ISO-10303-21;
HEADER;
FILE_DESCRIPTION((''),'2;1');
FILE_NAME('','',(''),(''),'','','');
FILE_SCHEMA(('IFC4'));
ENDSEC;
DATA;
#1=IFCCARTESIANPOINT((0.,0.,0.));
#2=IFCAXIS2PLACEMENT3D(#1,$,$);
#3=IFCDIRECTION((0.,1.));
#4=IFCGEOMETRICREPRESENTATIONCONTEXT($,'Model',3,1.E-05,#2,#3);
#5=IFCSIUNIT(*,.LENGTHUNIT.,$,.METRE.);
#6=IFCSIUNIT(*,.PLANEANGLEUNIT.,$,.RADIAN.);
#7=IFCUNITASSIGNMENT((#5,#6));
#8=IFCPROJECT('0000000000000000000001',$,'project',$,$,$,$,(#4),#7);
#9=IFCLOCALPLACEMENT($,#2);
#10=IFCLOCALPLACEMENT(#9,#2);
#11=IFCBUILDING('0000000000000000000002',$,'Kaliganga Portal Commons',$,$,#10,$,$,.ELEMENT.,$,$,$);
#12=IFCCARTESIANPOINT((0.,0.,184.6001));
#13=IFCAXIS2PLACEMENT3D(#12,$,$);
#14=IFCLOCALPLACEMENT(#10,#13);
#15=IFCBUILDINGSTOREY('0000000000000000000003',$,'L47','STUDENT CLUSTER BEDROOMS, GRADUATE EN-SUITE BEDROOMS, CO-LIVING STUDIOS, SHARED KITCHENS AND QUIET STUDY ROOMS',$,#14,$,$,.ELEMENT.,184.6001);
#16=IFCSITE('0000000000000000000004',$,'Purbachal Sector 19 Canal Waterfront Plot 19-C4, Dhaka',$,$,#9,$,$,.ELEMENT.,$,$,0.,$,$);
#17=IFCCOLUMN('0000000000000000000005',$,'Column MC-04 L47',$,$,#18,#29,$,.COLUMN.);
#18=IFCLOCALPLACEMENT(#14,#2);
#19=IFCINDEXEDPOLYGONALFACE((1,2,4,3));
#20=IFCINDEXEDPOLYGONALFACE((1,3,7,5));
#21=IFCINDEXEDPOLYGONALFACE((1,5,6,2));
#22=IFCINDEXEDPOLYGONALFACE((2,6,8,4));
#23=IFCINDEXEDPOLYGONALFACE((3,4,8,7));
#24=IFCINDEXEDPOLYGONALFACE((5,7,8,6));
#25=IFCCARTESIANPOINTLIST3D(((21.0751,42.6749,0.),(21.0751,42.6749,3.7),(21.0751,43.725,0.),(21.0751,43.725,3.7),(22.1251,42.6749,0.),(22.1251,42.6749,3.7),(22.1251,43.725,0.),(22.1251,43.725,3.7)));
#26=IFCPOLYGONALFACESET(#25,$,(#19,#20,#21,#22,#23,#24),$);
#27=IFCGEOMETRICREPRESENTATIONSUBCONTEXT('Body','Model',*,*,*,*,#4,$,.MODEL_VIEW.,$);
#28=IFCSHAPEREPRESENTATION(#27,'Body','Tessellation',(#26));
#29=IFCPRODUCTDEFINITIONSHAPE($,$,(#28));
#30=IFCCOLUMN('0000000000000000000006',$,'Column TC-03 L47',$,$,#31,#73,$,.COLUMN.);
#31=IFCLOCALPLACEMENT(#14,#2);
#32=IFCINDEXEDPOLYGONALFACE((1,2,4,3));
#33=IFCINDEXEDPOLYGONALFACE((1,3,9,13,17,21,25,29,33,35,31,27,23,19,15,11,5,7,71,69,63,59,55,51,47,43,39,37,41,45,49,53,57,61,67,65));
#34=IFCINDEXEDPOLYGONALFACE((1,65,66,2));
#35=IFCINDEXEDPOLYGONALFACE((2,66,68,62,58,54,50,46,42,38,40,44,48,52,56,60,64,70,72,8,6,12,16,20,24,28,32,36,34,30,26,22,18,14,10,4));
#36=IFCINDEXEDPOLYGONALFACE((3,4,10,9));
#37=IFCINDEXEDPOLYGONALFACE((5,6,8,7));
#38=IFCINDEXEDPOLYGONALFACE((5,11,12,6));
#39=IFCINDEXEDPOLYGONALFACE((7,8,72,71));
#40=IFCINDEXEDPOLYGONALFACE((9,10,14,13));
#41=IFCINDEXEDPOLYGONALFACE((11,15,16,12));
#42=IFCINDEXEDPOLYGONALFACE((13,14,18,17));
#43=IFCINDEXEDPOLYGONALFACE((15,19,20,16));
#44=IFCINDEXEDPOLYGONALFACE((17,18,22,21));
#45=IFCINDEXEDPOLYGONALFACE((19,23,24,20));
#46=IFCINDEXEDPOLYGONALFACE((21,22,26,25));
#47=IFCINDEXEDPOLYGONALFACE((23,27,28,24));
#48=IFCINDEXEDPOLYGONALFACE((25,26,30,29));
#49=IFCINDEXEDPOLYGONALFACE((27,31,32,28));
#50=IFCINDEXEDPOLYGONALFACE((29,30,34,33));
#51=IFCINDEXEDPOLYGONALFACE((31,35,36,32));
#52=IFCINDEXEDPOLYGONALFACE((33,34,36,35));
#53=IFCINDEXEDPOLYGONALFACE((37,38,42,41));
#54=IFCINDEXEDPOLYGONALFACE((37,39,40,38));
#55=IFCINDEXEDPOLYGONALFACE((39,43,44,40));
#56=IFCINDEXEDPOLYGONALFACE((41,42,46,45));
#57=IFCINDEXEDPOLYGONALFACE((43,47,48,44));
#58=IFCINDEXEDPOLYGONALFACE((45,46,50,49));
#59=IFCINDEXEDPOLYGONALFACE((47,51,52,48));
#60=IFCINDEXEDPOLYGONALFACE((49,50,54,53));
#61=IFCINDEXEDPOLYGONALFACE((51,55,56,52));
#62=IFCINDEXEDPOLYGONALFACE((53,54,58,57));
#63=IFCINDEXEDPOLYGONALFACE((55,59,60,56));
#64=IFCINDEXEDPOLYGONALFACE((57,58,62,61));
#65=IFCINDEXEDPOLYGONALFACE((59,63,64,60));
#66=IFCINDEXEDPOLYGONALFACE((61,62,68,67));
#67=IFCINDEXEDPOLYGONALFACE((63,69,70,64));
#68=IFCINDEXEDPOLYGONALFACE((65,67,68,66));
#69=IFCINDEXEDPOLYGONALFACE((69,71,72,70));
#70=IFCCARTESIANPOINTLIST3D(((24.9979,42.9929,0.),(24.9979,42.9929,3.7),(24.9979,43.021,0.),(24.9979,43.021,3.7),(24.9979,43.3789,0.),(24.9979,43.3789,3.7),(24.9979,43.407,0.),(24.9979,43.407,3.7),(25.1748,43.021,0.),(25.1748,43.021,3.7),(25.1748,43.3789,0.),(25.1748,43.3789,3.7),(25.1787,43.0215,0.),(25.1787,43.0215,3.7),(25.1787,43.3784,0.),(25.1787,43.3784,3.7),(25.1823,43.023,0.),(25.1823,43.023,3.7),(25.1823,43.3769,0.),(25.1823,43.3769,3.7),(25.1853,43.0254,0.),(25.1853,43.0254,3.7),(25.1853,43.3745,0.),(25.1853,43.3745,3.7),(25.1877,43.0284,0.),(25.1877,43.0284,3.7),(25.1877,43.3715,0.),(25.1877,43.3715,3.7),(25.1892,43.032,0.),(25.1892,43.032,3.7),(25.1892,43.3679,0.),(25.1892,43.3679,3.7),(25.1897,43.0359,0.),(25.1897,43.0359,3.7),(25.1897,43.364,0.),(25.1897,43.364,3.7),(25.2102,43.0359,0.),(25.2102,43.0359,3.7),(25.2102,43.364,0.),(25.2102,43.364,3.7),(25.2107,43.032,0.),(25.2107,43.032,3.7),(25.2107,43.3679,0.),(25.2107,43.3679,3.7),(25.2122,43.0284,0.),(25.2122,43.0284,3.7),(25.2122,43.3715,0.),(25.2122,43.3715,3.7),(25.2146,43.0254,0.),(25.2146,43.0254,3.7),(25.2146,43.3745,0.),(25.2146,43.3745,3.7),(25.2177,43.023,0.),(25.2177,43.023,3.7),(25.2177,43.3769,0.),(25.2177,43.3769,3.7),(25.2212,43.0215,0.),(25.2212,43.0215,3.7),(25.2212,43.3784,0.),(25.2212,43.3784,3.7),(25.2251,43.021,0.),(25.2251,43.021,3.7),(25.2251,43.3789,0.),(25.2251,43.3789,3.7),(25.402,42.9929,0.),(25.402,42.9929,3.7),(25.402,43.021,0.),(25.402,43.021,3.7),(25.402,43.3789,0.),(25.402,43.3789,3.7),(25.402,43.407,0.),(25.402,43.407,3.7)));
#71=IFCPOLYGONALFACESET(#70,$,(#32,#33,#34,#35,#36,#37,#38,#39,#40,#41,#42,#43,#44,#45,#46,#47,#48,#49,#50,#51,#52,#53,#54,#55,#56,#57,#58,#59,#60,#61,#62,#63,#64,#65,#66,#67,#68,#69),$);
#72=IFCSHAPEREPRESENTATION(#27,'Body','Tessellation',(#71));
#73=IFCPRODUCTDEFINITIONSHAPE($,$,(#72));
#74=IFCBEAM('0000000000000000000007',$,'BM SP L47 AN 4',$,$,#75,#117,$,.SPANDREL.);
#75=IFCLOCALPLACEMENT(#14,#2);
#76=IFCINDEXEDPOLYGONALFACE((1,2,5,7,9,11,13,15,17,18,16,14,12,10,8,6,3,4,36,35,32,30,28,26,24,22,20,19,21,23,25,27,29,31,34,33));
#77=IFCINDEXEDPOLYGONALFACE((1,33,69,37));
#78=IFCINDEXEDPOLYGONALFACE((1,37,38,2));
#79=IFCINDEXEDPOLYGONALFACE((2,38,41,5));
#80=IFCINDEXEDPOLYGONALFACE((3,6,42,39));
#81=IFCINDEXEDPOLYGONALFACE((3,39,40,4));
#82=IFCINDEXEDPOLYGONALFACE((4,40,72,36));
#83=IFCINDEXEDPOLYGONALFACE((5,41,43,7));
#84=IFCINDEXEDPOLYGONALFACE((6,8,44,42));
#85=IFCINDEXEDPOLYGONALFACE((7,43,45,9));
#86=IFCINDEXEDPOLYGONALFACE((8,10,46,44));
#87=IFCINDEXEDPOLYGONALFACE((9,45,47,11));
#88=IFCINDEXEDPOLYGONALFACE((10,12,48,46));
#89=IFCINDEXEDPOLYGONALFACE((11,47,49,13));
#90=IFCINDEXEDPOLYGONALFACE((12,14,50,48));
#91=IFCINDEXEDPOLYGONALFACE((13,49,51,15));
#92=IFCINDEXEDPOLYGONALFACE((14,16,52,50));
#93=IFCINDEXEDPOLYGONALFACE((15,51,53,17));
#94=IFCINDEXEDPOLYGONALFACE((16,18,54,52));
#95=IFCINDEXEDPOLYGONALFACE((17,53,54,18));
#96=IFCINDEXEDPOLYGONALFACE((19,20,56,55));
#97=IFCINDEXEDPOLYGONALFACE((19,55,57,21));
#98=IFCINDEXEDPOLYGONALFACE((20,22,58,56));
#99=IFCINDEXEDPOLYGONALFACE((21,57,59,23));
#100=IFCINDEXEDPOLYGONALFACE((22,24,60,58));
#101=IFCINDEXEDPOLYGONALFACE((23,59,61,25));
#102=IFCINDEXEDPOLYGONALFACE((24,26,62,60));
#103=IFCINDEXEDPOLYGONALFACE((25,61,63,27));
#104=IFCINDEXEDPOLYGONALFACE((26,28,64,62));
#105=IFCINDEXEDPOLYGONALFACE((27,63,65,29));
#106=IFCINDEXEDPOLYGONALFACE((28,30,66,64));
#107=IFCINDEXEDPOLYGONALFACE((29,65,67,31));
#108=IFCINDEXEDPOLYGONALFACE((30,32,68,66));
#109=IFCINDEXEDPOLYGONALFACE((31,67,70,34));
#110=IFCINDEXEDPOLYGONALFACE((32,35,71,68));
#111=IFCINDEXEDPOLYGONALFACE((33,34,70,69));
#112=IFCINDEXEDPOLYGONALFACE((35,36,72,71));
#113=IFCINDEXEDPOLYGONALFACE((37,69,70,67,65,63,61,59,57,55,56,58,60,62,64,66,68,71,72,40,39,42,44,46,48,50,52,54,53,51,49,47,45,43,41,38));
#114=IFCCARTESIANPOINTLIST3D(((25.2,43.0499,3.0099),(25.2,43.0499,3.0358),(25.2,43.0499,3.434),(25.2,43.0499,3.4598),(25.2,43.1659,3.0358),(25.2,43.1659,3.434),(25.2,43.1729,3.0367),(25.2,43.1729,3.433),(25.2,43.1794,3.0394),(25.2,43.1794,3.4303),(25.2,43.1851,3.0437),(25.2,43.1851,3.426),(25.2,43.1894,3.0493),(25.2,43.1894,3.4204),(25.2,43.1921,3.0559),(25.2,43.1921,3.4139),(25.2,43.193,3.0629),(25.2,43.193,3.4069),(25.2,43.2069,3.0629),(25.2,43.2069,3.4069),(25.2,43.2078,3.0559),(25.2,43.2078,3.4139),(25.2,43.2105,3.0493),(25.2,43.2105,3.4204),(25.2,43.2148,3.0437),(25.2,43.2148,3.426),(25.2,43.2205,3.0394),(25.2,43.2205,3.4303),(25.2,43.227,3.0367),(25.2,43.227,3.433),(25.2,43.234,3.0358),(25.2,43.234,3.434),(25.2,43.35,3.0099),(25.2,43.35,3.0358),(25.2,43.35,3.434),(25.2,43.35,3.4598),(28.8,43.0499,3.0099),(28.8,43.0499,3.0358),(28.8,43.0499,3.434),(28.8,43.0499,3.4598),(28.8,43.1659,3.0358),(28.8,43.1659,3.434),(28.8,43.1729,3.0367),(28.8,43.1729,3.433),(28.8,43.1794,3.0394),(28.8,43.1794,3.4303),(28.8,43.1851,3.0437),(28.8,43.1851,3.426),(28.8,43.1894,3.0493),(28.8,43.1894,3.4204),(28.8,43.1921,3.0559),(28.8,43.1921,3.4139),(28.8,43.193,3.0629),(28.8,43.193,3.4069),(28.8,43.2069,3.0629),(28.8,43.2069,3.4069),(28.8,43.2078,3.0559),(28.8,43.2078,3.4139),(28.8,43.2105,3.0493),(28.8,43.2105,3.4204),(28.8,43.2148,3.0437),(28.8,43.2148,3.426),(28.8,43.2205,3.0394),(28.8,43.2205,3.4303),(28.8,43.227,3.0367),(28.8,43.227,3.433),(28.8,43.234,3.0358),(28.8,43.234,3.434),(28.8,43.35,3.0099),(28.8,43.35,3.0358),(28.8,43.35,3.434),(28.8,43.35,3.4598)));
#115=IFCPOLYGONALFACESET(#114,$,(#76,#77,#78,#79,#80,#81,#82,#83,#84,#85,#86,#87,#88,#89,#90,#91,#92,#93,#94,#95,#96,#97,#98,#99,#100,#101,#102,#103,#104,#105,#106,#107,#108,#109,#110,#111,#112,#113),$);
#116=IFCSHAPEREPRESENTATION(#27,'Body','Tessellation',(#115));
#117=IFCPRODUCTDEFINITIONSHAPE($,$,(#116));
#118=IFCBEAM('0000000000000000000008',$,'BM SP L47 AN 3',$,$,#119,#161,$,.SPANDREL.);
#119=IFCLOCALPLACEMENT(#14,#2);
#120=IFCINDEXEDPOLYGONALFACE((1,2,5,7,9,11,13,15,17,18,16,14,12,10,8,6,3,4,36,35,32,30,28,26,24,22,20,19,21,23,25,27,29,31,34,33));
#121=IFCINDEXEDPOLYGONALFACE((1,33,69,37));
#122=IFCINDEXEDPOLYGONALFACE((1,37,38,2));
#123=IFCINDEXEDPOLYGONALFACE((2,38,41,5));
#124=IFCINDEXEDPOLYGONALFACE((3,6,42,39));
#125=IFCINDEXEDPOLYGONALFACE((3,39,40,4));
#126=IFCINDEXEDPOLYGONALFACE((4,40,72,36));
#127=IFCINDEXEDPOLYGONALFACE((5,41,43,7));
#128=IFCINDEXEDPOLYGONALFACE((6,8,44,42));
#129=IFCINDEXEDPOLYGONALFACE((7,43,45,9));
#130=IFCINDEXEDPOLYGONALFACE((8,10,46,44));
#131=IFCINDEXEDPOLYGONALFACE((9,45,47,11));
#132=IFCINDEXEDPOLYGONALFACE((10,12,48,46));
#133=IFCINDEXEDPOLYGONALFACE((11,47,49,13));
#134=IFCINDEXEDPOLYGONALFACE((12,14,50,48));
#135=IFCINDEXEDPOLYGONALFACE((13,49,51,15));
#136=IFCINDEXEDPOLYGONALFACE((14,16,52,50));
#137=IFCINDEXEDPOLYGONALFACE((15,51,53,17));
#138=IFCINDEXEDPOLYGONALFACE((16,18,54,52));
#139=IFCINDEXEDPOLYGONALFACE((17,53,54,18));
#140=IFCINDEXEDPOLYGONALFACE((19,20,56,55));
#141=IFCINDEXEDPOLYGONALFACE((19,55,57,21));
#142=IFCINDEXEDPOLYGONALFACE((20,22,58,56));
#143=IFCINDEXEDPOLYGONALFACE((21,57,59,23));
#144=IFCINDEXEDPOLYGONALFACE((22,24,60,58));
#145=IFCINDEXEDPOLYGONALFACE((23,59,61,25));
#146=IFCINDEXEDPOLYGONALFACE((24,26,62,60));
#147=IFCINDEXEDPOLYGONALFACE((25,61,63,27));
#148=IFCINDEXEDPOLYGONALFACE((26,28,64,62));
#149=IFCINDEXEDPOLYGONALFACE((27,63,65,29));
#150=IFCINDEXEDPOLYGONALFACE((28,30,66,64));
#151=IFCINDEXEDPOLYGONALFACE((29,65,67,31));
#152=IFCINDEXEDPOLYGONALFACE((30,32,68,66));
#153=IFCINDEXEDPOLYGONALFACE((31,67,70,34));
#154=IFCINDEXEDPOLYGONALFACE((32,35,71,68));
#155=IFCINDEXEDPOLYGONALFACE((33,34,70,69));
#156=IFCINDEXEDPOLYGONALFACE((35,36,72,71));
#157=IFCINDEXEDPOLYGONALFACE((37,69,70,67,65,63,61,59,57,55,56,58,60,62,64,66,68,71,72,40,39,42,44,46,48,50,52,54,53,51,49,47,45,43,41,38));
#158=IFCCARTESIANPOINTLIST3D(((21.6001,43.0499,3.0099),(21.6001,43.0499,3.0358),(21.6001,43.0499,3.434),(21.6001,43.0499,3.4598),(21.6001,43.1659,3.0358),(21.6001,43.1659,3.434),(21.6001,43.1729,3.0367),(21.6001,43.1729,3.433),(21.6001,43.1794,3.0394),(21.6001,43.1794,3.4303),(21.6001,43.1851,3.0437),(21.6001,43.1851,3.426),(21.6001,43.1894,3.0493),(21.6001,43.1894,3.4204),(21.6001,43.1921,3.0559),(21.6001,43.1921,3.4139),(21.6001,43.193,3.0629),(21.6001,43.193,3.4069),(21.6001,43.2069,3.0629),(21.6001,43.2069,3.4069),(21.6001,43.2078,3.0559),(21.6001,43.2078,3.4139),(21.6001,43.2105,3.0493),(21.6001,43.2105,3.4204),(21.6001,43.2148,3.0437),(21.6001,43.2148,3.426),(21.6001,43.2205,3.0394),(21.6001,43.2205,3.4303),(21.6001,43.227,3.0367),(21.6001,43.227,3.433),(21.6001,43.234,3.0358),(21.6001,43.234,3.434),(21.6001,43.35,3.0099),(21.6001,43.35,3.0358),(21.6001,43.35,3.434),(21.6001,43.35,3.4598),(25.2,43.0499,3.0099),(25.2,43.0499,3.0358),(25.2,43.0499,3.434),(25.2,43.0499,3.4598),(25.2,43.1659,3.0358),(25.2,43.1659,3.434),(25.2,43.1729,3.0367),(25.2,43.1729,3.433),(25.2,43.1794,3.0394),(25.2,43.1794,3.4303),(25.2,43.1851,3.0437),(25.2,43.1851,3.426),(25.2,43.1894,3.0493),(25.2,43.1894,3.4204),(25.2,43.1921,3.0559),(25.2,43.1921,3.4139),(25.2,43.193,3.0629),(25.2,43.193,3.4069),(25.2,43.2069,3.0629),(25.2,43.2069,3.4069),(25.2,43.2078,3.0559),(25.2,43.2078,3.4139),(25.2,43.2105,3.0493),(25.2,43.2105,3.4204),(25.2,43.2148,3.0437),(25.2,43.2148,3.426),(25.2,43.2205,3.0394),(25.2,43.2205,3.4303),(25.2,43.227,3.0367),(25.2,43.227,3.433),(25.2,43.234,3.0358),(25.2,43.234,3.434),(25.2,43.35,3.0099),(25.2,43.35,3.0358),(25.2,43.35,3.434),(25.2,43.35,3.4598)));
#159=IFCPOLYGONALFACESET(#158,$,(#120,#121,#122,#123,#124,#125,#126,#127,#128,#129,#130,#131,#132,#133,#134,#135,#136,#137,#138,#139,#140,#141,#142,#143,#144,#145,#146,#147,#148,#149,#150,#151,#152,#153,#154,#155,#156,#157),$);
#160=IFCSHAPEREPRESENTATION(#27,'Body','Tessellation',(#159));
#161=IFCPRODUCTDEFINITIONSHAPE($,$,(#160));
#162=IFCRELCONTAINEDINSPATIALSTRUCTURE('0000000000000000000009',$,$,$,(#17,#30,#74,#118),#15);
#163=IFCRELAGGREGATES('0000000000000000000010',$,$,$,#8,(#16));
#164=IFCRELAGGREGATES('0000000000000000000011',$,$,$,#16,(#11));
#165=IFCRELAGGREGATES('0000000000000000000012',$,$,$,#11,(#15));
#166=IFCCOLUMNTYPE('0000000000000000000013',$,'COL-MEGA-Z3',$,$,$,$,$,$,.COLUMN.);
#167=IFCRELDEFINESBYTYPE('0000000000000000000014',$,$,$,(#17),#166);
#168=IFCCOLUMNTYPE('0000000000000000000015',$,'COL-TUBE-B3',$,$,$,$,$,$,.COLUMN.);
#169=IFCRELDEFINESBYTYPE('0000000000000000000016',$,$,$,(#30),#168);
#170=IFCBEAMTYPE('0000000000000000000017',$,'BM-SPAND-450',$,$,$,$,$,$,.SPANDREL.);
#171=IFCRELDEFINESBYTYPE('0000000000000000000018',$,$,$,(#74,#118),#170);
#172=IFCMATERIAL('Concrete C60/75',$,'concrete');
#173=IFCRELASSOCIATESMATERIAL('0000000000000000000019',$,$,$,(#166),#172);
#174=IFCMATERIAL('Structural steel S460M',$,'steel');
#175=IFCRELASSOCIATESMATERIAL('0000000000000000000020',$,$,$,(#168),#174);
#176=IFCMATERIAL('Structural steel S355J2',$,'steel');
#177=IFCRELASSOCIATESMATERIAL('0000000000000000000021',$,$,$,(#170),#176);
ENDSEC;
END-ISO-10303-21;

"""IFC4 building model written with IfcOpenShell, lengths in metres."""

from ifc_helpers import new_model, si_unit, direction, frame, origin, origin_2d, place, context, subcontext, project, spatial, rectangle, i_section, extrude, source, transform, mapped, material, material_profile, profile_set, type_object, element, save


model = new_model("IFC4")

# Units and contexts
model_context = context("Model", 3, precision=1e-05, world=origin(), true_north=direction((0.0, 1.0)))
body_context = subcontext(model_context, "Body", "Model", "MODEL_VIEW")
ifc_project = project(units=[si_unit("LENGTHUNIT", "METRE"), si_unit("PLANEANGLEUNIT", "RADIAN")], contexts=[model_context])

# Site, building, storey
site_placement = place(None, origin())
site = spatial("IfcSite", under=ifc_project, at=site_placement, Name="Purbachal Sector 19 Canal Waterfront Plot 19-C4, Dhaka", CompositionType="ELEMENT", RefElevation=0.0)
building_placement = place(site_placement, origin())
building = spatial("IfcBuilding", under=site, at=building_placement, Name="Kaliganga Portal Commons", CompositionType="ELEMENT")
storey_placement = place(building_placement, frame((0.0, 0.0, 184.6001)))
storey = spatial("IfcBuildingStorey", under=building, at=storey_placement, Name="L47", Description="STUDENT CLUSTER BEDROOMS, GRADUATE EN-SUITE BEDROOMS, CO-LIVING STUDIOS, SHARED KITCHENS AND QUIET STUDY ROOMS", CompositionType="ELEMENT", Elevation=184.6001)

# Columns
ifc_material_1 = material(Name="Concrete C60/75", Category="concrete")
ifc_material_profile_1 = material_profile(ifc_material_1, rectangle(XDim=1.05, YDim=1.05, at=origin_2d()), Name="RC 1050x1050")
ifc_profile_set_1 = profile_set([ifc_material_profile_1], Name="Concrete C60/75")
column_type_1 = type_object("IfcColumnType", Name="COL-MEGA-Z3", PredefinedType="COLUMN", material=ifc_profile_set_1)
shared_shape_1 = source(origin(), body_context, "Body", "SweptSolid", [
    extrude(rectangle(XDim=1.05, YDim=1.05, at=origin_2d()), origin(), (0.0, 0.0, 1.0), 3.7),
])
column_1_placement = place(storey_placement, frame((21.6001, 43.2, 0.0), z_axis=(0.0, 0.0, 1.0), x_axis=(1.0, 0.0, 0.0)))
element("IfcColumn", 1, at=column_1_placement, inside=storey, type_object=column_type_1, Name="Column MC-04 L47", PredefinedType="COLUMN", context=body_context, shape_type="MappedRepresentation", body=[
    mapped(shared_shape_1, transform((0.0, 0.0, 0.0), x_axis=(1.0, 0.0, 0.0), y_axis=(0.0, 1.0, 0.0), z_axis=(0.0, 0.0, 1.0), scale=1.0)),
])
ifc_material_2 = material(Name="Structural steel S460M", Category="steel")
ifc_material_profile_2 = material_profile(ifc_material_2, i_section(OverallWidth=0.4041, OverallDepth=0.4141, WebThickness=0.0205, FlangeThickness=0.0281, FilletRadius=0.0149, at=origin_2d()), Name="HD 400x347")
ifc_profile_set_2 = profile_set([ifc_material_profile_2], Name="Structural steel S460M wide-flange")
column_type_2 = type_object("IfcColumnType", Name="COL-TUBE-B3", PredefinedType="COLUMN", material=ifc_profile_set_2)
shared_shape_2 = source(origin(), body_context, "Body", "SweptSolid", [
    extrude(i_section(OverallWidth=0.4041, OverallDepth=0.4141, WebThickness=0.0205, FlangeThickness=0.0281, FilletRadius=0.0149, at=origin_2d()), origin(), (0.0, 0.0, 1.0), 3.7),
])
column_2_placement = place(storey_placement, frame((25.2, 43.2, 0.0), z_axis=(0.0, 0.0, 1.0), x_axis=(1.0, 0.0, 0.0)))
element("IfcColumn", 2, at=column_2_placement, inside=storey, type_object=column_type_2, Name="Column TC-03 L47", PredefinedType="COLUMN", context=body_context, shape_type="MappedRepresentation", body=[
    mapped(shared_shape_2, transform((0.0, 0.0, 0.0), x_axis=(1.0, 0.0, 0.0), y_axis=(0.0, 1.0, 0.0), z_axis=(0.0, 0.0, 1.0), scale=1.0)),
])

# Beams
ifc_material_3 = material(Name="Structural steel S355J2", Category="steel")
ifc_material_profile_3 = material_profile(ifc_material_3, i_section(OverallWidth=0.3, OverallDepth=0.45, WebThickness=0.0139, FlangeThickness=0.0259, FilletRadius=0.0271, at=origin_2d()), Name="HE 450 B")
ifc_profile_set_3 = profile_set([ifc_material_profile_3], Name="Structural steel S355J2 wide-flange")
beam_type_1 = type_object("IfcBeamType", Name="BM-SPAND-450", PredefinedType="SPANDREL", material=ifc_profile_set_3)
shared_shape_3 = source(origin(), body_context, "Body", "SweptSolid", [
    extrude(i_section(OverallWidth=0.3, OverallDepth=0.45, WebThickness=0.0139, FlangeThickness=0.0259, FilletRadius=0.0271, at=origin_2d()), origin(), (0.0, 0.0, 1.0), 3.6001),
])
beam_1_placement = place(storey_placement, frame((25.2, 43.2, 3.2349), z_axis=(1.0, 0.0, 0.0), x_axis=(0.0, 1.0, 0.0)))
element("IfcBeam", 3, at=beam_1_placement, inside=storey, type_object=beam_type_1, Name="BM SP L47 AN 4", PredefinedType="SPANDREL", context=body_context, shape_type="MappedRepresentation", body=[
    mapped(shared_shape_3, transform((0.0, 0.0, 0.0), x_axis=(1.0, 0.0, 0.0), y_axis=(0.0, 1.0, 0.0), z_axis=(0.0, 0.0, 1.0), scale=1.0)),
])
shared_shape_4 = source(origin(), body_context, "Body", "SweptSolid", [
    extrude(i_section(OverallWidth=0.3, OverallDepth=0.45, WebThickness=0.0139, FlangeThickness=0.0259, FilletRadius=0.0271, at=origin_2d()), origin(), (0.0, 0.0, 1.0), 3.5999),
])
beam_2_placement = place(storey_placement, frame((21.6001, 43.2, 3.2349), z_axis=(1.0, 0.0, 0.0), x_axis=(0.0, 1.0, 0.0)))
element("IfcBeam", 4, at=beam_2_placement, inside=storey, type_object=beam_type_1, Name="BM SP L47 AN 3", PredefinedType="SPANDREL", context=body_context, shape_type="MappedRepresentation", body=[
    mapped(shared_shape_4, transform((0.0, 0.0, 0.0), x_axis=(1.0, 0.0, 0.0), y_axis=(0.0, 1.0, 0.0), z_axis=(0.0, 0.0, 1.0), scale=1.0)),
])

save(model, "model.ifc")
